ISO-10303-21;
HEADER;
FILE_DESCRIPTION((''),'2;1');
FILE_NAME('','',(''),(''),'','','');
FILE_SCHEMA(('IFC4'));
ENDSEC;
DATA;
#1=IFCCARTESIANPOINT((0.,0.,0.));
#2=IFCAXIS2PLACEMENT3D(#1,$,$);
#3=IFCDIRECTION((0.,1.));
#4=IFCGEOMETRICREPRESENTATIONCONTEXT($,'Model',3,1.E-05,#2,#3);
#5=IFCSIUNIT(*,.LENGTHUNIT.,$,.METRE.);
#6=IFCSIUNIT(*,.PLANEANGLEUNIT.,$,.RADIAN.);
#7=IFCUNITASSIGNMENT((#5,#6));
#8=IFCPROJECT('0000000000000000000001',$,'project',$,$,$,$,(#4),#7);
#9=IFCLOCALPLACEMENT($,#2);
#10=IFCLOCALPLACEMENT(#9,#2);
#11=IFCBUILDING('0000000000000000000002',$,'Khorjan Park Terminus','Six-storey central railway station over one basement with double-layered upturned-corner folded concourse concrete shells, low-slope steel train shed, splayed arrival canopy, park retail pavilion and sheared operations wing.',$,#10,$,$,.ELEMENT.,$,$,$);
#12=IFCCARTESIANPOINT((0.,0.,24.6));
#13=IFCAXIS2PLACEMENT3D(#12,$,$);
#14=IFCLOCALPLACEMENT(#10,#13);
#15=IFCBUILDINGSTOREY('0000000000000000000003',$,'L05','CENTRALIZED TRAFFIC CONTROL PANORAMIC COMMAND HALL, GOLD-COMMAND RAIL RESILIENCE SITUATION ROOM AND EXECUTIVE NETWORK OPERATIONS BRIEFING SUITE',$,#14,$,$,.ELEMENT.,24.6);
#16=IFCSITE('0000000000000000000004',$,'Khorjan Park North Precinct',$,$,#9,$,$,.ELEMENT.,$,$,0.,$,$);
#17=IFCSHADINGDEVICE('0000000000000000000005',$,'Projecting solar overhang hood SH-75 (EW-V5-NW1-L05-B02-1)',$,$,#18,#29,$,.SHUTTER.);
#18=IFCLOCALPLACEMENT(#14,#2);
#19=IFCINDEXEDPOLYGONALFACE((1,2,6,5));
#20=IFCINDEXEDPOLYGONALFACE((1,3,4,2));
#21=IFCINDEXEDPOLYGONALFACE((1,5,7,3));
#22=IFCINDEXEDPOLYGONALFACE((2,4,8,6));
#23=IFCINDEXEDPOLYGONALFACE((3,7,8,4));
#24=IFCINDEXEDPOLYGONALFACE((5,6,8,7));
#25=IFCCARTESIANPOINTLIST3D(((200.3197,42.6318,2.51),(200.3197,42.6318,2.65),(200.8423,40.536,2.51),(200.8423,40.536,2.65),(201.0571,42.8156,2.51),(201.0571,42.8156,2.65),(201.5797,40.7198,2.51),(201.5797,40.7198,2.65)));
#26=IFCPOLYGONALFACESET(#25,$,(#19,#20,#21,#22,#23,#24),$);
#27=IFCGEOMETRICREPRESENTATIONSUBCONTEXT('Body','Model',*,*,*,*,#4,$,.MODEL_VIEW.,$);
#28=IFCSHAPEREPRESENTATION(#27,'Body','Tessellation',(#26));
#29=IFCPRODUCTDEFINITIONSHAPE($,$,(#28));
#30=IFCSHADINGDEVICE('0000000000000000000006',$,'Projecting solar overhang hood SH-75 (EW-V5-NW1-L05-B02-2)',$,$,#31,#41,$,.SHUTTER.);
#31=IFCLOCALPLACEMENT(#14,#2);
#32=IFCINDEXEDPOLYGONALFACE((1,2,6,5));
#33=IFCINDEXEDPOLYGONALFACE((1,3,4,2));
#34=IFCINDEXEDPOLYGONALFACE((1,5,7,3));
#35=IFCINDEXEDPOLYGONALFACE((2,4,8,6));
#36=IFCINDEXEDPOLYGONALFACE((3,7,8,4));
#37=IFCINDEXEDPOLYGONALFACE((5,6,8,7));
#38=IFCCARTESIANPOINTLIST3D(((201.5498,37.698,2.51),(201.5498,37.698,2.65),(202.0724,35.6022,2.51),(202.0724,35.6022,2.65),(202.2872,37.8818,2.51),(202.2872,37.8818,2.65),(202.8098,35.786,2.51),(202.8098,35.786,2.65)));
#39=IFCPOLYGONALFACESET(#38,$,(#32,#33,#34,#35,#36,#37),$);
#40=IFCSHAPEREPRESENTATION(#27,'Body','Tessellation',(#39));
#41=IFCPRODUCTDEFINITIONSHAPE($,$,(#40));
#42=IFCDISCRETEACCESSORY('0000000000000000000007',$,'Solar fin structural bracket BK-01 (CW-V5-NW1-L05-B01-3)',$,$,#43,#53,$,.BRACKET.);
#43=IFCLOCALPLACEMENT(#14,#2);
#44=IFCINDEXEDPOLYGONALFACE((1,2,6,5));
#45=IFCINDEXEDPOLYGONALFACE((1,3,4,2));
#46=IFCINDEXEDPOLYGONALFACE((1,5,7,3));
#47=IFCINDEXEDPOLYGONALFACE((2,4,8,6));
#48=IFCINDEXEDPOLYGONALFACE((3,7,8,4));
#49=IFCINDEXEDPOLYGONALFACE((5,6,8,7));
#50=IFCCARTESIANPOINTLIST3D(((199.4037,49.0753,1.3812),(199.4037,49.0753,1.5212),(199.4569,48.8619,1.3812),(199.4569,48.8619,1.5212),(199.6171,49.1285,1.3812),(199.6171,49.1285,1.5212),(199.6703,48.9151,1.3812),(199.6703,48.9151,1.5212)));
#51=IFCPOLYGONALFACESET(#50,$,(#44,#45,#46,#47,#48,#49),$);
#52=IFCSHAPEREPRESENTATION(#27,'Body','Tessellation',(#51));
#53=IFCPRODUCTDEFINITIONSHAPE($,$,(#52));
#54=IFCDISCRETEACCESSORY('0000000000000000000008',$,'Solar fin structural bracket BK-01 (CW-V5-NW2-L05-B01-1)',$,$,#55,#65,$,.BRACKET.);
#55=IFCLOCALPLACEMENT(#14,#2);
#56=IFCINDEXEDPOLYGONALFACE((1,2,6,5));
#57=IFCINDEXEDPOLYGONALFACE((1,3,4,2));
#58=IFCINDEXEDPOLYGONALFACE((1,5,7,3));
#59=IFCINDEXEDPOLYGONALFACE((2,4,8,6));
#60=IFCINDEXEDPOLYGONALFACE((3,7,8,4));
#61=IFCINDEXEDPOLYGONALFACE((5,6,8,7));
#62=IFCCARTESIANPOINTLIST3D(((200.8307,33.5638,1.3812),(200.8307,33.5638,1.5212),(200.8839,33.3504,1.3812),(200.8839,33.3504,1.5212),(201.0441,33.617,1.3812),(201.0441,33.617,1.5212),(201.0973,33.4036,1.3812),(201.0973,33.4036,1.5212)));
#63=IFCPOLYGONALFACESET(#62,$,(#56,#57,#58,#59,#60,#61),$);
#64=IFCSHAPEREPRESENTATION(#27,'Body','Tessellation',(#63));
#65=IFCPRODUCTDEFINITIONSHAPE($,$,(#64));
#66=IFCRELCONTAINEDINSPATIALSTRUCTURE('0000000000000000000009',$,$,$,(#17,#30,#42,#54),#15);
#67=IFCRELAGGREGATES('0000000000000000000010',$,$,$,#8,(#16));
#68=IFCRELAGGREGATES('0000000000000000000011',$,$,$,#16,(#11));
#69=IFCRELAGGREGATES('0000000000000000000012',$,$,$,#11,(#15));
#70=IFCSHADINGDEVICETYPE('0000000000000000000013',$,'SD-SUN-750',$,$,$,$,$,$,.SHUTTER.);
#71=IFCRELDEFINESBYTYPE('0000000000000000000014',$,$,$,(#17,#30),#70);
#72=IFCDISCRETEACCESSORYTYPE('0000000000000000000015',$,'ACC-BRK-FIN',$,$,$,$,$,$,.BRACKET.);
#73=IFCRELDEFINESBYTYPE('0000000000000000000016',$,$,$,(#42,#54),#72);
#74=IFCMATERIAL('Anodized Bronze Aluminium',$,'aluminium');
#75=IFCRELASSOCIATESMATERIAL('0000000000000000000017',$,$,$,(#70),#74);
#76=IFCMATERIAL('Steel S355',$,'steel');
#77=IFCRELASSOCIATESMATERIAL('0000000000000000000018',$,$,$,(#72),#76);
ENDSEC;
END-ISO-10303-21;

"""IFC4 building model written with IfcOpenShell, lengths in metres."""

from ifc_helpers import new_model, si_unit, direction, frame, origin, origin_2d, place, context, subcontext, project, spatial, rectangle, extrude, material, type_object, element, save


model = new_model("IFC4")

# Units and contexts
model_context = context("Model", 3, precision=1e-05, world=origin(), true_north=direction((0.0, 1.0)))
body_context = subcontext(model_context, "Body", "Model", "MODEL_VIEW")
ifc_project = project(units=[si_unit("LENGTHUNIT", "METRE"), si_unit("PLANEANGLEUNIT", "RADIAN")], contexts=[model_context])

# Site, building, storey
site_placement = place(None, origin())
site = spatial("IfcSite", under=ifc_project, at=site_placement, Name="Khorjan Park North Precinct", CompositionType="ELEMENT", RefElevation=0.0)
building_placement = place(site_placement, origin())
building = spatial("IfcBuilding", under=site, at=building_placement, Name="Khorjan Park Terminus", Description="Six-storey central railway station over one basement with double-layered upturned-corner folded concourse concrete shells, low-slope steel train shed, splayed arrival canopy, park retail pavilion and sheared operations wing.", CompositionType="ELEMENT")
storey_placement = place(building_placement, frame((0.0, 0.0, 24.6)))
storey = spatial("IfcBuildingStorey", under=building, at=storey_placement, Name="L05", Description="CENTRALIZED TRAFFIC CONTROL PANORAMIC COMMAND HALL, GOLD-COMMAND RAIL RESILIENCE SITUATION ROOM AND EXECUTIVE NETWORK OPERATIONS BRIEFING SUITE", CompositionType="ELEMENT", Elevation=24.6)

# Shared definitions
ifc_material_1 = material(Name="Steel S355", Category="steel")

# Shared definitions
ifc_material_2 = material(Name="Anodized Bronze Aluminium", Category="aluminium")

# Shading devices
shading_device_type_1 = type_object("IfcShadingDeviceType", Name="SD-SUN-750", PredefinedType="SHUTTER", material=ifc_material_2)
for number, where, z_axis, x_axis, name in (
    (1, (200.9497, 41.6758, 2.51), (0.0, 0.0, 1.0), (0.241916, -0.970297, 0.0), "Projecting solar overhang hood SH-75 (EW-V5-NW1-L05-B02-1)"),
    (2, (202.1798, 36.742, 2.51), (0.0, 0.0, 1.0), (0.241916, -0.970297, 0.0), "Projecting solar overhang hood SH-75 (EW-V5-NW1-L05-B02-2)"),
):
    element("IfcShadingDevice", number, at=place(storey_placement, frame(where, z_axis=z_axis, x_axis=x_axis)), inside=storey, type_object=shading_device_type_1, Name=name, PredefinedType="SHUTTER", context=body_context, shape_type="SweptSolid", body=[
        extrude(rectangle(XDim=2.16, YDim=0.76, at=origin_2d()), origin(), (0.0, 0.0, 1.0), 0.14),
    ])

# Discrete accessories
discrete_accessory_type = type_object("IfcDiscreteAccessoryType", Name="ACC-BRK-FIN", PredefinedType="BRACKET", material=ifc_material_1)
for number, where, z_axis, x_axis, name in (
    (3, (199.537, 48.9952, 1.3812), (0.0, 0.0, 1.0), (0.241932, -0.970293, 0.0), "Solar fin structural bracket BK-01 (CW-V5-NW1-L05-B01-3)"),
    (4, (200.964, 33.4837, 1.3812), (0.0, 0.0, 1.0), (-0.970294, -0.241928, 0.0), "Solar fin structural bracket BK-01 (CW-V5-NW2-L05-B01-1)"),
):
    element("IfcDiscreteAccessory", number, at=place(storey_placement, frame(where, z_axis=z_axis, x_axis=x_axis)), inside=storey, type_object=discrete_accessory_type, Name=name, PredefinedType="BRACKET", context=body_context, shape_type="SweptSolid", body=[
        extrude(rectangle(XDim=0.22, YDim=0.22, at=origin_2d()), origin(), (0.0, 0.0, 1.0), 0.14),
    ])

save(model, "model.ifc")
